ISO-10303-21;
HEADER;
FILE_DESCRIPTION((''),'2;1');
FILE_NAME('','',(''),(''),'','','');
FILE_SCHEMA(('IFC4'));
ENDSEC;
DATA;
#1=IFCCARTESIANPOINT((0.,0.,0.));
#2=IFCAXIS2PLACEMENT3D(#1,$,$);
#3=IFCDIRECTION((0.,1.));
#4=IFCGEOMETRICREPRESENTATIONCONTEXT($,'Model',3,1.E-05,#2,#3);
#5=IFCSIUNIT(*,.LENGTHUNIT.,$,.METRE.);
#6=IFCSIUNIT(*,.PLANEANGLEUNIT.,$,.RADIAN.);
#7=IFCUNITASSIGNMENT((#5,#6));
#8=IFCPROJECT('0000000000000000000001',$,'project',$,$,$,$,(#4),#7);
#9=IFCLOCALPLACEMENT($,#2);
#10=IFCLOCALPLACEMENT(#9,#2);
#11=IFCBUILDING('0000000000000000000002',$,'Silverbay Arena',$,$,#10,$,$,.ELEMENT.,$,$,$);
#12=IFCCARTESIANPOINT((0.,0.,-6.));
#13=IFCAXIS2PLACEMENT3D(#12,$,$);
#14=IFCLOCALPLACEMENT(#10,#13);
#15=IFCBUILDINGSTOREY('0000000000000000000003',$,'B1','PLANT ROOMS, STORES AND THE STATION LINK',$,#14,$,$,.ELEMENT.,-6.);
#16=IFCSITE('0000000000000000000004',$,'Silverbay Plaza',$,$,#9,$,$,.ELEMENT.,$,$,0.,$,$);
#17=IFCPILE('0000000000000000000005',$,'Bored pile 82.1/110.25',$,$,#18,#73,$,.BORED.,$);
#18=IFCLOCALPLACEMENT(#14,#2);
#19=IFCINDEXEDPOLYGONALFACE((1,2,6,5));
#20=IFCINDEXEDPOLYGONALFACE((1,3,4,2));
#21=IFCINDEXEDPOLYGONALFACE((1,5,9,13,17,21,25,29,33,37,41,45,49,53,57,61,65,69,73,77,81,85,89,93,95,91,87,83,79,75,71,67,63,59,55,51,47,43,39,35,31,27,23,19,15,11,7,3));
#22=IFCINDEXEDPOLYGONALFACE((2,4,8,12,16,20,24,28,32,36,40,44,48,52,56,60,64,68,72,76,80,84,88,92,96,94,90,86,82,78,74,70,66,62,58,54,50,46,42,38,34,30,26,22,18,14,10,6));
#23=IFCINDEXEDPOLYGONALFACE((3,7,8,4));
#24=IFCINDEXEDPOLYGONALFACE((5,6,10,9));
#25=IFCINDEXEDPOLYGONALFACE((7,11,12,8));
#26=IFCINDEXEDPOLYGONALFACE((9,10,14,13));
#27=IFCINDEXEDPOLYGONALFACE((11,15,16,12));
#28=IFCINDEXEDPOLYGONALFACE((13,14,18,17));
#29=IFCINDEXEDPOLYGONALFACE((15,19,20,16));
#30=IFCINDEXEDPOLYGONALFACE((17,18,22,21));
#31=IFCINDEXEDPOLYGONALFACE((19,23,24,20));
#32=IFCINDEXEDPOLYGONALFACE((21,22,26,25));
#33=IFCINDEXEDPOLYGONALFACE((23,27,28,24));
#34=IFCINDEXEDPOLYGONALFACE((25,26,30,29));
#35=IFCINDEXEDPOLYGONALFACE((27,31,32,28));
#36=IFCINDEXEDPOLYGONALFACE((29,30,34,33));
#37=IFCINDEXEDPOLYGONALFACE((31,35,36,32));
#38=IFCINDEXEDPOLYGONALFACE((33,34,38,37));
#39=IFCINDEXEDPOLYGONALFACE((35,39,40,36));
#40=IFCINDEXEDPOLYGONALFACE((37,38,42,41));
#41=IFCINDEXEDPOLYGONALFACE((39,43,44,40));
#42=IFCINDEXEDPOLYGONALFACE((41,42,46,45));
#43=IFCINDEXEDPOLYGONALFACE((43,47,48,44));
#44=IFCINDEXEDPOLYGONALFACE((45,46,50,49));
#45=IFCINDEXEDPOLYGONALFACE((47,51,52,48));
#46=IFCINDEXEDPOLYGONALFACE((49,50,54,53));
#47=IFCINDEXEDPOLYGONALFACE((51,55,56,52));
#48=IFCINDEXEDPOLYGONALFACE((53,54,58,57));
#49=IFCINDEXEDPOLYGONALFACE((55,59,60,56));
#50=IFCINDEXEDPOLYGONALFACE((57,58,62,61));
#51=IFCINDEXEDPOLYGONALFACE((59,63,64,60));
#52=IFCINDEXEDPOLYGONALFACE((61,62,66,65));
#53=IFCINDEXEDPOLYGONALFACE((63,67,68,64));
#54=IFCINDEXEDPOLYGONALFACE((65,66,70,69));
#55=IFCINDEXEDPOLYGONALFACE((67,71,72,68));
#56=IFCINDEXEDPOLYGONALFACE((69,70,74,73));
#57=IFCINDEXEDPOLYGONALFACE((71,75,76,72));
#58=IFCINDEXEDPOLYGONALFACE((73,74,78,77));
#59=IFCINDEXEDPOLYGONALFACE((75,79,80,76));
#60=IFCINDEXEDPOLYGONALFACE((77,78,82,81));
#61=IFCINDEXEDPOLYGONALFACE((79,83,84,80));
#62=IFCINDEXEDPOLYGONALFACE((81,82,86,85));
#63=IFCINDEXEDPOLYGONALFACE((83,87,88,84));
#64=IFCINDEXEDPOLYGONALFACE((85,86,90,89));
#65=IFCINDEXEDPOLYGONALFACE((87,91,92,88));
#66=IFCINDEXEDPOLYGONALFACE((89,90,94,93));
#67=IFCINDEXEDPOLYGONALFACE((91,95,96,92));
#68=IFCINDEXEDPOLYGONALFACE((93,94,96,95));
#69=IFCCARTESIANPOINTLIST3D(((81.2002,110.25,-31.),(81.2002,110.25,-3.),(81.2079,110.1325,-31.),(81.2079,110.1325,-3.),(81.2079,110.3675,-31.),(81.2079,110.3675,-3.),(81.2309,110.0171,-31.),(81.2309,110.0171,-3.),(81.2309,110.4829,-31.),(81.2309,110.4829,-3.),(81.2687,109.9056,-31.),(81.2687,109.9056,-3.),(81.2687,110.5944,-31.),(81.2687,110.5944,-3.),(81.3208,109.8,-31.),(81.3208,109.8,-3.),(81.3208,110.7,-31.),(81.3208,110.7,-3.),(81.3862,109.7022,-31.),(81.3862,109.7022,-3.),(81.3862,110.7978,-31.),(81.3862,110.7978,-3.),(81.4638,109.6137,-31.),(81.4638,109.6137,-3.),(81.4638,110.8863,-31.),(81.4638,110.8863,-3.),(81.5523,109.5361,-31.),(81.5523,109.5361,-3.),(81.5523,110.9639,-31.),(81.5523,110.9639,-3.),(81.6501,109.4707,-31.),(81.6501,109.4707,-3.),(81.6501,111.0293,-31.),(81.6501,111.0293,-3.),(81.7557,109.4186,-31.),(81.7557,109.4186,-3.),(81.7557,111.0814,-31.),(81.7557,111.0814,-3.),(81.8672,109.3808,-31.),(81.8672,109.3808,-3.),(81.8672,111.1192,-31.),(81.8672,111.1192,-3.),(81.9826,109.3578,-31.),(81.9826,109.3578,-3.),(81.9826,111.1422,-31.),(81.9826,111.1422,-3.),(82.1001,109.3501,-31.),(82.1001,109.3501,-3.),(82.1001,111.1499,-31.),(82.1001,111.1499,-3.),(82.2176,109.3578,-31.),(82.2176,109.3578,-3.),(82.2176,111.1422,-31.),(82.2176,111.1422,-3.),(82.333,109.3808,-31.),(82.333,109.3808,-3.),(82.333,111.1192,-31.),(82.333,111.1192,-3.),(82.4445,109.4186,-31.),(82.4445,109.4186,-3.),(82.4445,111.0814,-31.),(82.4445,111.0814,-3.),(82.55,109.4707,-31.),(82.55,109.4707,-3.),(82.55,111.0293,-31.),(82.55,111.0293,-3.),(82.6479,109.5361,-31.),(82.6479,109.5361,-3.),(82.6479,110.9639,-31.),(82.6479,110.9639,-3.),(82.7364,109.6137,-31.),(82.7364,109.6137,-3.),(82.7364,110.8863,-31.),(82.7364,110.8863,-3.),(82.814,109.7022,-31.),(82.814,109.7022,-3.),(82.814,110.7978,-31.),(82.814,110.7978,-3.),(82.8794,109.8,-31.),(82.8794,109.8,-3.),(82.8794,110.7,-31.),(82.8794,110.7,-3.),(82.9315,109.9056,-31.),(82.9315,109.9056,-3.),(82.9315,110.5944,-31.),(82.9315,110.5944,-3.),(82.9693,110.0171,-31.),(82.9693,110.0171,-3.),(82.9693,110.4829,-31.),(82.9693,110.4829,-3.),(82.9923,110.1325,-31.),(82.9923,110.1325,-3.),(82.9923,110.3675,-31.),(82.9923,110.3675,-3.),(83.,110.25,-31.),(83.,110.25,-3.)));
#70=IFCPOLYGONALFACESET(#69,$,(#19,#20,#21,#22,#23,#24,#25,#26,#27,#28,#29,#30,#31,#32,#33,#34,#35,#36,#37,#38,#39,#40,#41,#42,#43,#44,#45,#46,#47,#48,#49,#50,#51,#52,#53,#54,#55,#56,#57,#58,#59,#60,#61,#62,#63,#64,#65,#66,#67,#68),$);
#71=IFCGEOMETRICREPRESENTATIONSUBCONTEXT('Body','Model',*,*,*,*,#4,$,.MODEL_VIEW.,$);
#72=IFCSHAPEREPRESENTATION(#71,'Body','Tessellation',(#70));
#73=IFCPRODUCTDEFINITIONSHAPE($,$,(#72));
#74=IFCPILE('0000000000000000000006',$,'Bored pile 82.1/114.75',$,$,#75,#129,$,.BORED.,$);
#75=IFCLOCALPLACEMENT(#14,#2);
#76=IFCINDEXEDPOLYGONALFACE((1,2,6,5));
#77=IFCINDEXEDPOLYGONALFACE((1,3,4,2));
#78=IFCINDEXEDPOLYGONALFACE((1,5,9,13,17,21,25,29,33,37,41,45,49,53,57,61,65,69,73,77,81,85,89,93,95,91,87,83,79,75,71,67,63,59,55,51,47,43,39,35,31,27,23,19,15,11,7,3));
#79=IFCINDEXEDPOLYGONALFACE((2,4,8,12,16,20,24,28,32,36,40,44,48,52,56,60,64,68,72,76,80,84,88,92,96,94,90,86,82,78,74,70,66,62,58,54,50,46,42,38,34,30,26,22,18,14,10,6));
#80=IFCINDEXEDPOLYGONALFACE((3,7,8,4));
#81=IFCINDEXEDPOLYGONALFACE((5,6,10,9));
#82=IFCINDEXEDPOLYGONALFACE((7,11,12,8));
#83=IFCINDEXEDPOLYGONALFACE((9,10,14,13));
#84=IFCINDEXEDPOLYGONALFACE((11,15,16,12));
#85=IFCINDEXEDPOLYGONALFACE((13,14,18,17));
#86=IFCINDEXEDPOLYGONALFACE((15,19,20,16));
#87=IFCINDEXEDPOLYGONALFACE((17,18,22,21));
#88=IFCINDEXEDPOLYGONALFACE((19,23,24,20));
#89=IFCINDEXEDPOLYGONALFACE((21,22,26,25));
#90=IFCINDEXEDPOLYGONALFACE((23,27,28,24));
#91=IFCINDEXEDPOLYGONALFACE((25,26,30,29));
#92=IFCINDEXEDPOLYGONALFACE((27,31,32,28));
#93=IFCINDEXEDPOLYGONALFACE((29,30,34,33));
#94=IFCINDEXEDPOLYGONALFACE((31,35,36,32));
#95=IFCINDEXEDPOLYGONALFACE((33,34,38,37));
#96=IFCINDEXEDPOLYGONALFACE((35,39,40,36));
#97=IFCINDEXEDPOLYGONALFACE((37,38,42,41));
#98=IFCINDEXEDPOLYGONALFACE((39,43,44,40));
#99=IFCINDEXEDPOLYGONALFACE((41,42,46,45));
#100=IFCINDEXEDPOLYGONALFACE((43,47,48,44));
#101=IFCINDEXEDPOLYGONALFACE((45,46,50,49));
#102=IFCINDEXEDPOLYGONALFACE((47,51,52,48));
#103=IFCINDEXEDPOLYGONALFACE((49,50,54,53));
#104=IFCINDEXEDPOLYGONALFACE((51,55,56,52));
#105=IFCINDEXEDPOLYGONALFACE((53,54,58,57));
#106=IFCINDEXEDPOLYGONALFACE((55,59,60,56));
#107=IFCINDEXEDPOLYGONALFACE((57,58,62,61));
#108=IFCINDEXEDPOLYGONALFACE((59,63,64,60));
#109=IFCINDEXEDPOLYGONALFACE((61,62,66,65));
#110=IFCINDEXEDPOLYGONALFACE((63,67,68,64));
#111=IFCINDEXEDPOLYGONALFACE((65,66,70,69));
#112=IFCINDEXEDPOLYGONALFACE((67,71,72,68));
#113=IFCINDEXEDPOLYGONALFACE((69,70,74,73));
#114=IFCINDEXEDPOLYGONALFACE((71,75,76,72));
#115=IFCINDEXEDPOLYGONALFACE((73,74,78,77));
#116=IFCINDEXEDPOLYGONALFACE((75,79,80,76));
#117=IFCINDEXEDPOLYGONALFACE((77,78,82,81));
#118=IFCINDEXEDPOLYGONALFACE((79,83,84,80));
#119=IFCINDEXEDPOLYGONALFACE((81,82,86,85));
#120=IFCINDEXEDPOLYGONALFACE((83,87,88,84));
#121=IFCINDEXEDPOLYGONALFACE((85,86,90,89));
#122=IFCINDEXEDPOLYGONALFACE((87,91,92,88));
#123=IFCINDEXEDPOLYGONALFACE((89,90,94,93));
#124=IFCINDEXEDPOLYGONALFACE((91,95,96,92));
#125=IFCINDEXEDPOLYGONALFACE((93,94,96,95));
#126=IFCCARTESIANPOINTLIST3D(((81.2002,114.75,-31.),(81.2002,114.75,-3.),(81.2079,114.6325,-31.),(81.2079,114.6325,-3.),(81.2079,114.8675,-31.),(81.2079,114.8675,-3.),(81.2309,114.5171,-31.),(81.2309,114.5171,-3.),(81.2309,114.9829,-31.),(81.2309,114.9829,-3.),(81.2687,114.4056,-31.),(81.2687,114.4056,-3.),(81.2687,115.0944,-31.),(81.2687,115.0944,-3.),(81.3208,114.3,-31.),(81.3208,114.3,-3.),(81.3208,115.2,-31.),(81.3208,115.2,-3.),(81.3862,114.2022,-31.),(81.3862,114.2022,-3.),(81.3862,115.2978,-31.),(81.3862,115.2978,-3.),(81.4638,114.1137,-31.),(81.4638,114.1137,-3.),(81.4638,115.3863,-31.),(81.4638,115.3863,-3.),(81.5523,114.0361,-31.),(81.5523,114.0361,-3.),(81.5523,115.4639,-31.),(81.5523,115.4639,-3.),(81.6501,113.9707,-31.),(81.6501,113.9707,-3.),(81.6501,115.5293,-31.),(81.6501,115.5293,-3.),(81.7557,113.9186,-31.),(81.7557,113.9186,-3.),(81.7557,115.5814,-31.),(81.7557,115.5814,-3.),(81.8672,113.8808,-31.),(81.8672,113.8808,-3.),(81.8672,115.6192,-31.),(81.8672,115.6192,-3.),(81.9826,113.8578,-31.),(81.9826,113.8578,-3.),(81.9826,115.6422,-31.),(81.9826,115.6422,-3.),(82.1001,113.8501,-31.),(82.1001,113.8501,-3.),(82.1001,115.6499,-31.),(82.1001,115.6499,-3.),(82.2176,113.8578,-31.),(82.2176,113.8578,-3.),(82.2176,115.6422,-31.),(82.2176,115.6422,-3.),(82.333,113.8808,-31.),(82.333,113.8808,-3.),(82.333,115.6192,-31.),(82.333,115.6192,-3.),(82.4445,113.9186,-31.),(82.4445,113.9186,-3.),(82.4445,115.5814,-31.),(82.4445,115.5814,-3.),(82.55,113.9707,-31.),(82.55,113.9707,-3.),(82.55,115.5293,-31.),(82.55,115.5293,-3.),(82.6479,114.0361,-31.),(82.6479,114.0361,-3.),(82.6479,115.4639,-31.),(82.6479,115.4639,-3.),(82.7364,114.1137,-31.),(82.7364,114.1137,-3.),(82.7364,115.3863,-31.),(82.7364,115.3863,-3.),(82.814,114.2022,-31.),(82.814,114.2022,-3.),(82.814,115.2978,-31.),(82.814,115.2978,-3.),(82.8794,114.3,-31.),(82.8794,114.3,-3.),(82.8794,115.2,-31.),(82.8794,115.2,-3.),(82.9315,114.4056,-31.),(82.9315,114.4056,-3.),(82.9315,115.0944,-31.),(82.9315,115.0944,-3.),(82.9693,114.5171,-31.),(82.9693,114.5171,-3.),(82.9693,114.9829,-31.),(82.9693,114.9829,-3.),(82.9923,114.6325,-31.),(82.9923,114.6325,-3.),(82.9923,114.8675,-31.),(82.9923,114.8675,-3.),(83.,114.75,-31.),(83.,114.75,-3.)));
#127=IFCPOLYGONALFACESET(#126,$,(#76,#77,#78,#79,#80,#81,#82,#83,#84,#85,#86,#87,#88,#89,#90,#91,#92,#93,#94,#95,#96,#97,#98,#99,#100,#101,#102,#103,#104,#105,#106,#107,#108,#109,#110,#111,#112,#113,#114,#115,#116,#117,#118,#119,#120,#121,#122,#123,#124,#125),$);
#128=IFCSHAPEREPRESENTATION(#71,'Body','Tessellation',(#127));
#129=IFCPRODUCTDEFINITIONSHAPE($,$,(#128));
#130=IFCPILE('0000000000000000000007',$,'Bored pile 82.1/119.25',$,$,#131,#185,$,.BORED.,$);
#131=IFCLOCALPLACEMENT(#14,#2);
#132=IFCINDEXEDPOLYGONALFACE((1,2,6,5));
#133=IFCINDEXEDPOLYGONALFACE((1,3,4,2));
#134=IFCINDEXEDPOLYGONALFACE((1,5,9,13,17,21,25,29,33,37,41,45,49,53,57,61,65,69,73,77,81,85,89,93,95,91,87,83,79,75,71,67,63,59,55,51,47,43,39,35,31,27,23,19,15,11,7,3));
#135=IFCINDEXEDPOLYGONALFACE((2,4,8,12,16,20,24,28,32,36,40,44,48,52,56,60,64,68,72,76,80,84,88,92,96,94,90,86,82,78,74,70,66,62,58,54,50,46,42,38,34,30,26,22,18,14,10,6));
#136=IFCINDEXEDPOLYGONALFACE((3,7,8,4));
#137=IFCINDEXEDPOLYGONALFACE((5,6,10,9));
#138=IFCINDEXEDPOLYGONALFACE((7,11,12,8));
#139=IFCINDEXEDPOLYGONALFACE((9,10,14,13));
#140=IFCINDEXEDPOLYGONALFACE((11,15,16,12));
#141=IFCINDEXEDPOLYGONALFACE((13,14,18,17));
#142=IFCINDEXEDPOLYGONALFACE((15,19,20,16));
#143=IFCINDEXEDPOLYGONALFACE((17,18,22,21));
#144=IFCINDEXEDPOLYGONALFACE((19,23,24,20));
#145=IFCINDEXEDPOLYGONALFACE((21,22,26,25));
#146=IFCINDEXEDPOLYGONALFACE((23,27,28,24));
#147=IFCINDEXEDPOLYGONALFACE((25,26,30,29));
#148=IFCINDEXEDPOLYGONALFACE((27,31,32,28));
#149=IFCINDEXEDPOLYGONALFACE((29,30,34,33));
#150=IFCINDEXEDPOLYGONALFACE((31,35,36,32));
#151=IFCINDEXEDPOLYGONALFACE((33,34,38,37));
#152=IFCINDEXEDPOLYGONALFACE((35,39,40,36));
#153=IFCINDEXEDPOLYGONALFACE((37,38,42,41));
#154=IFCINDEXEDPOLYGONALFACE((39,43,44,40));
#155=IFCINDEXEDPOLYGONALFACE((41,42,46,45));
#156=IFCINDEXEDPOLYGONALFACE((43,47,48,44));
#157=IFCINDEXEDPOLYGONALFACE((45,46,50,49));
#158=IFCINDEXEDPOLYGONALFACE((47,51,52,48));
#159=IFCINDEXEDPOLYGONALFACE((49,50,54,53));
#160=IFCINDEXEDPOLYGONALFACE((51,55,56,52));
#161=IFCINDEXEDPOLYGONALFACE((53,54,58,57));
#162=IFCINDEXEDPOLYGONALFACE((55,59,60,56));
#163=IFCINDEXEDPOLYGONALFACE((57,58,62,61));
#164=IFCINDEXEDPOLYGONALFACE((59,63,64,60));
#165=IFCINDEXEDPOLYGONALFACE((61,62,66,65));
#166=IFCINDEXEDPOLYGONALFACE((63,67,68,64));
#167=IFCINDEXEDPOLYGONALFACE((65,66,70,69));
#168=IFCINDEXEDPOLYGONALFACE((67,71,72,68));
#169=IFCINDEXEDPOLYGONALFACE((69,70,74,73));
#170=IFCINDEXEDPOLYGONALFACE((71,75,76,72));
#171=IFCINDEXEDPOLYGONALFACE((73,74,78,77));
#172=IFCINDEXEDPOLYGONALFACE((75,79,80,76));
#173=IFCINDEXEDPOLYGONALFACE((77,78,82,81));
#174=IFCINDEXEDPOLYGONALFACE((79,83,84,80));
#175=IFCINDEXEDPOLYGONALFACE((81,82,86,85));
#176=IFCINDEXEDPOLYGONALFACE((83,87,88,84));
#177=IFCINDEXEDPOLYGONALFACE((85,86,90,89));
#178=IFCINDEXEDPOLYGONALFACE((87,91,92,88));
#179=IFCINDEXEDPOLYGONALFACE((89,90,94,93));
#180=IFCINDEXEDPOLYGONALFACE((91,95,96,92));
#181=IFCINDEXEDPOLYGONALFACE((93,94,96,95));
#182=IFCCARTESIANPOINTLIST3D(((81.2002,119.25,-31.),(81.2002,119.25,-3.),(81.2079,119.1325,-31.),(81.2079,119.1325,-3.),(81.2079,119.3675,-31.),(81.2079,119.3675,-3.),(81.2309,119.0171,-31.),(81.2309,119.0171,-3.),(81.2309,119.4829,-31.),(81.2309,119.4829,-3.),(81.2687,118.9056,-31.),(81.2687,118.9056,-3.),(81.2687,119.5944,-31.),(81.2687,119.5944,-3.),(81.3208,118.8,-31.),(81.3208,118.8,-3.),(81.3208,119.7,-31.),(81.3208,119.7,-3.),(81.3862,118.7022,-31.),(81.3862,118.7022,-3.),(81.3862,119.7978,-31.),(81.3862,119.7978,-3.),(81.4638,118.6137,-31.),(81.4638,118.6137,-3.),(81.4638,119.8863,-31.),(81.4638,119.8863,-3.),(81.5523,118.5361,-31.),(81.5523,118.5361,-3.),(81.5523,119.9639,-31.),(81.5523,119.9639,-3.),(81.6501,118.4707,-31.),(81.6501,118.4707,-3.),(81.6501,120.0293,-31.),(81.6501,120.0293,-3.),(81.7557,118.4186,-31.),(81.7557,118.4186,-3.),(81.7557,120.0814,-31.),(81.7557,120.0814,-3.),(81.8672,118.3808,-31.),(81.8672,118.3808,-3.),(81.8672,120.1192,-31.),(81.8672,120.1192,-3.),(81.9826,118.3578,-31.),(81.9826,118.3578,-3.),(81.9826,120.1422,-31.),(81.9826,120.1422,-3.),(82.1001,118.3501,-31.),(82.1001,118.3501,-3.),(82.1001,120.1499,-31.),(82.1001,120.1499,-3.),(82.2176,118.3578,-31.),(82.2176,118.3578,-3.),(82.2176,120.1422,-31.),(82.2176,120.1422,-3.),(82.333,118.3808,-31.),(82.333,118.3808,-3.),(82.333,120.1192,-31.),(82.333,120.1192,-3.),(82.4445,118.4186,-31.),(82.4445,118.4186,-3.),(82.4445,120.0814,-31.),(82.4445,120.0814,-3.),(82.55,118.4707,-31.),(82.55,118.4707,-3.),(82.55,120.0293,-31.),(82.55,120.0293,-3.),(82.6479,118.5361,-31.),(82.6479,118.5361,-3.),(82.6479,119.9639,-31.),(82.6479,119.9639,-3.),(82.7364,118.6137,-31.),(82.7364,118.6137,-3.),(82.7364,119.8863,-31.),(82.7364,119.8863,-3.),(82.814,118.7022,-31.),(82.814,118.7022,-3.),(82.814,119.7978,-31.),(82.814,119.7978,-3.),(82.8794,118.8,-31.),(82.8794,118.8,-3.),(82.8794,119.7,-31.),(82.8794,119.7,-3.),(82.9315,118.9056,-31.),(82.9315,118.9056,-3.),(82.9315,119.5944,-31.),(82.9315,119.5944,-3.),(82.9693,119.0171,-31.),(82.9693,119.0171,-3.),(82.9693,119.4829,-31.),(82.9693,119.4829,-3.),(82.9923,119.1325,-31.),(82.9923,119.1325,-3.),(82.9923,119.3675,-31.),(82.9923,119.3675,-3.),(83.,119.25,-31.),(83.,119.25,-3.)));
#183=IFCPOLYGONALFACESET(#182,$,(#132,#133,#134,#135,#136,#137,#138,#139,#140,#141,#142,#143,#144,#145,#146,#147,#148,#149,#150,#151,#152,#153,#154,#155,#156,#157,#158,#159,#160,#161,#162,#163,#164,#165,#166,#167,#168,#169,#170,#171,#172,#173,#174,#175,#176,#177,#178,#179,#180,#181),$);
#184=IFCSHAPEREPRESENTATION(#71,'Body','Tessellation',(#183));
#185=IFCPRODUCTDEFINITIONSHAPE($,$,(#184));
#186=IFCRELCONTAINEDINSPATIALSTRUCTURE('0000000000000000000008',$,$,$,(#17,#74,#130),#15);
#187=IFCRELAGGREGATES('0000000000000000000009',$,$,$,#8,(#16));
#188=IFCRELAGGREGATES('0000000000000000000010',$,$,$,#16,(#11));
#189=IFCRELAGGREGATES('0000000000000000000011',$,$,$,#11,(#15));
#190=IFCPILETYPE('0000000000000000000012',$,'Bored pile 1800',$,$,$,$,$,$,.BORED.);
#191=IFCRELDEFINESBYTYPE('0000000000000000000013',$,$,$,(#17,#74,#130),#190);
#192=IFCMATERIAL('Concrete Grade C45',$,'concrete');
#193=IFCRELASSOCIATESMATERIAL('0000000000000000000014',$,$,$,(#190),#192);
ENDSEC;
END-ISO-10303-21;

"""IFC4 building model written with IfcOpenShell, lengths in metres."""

from ifc_helpers import new_model, si_unit, direction, frame, origin, origin_2d, place, context, subcontext, project, spatial, circle, extrude, material, material_profile, profile_set, type_object, element, save


model = new_model("IFC4")

# Units and contexts
model_context = context("Model", 3, precision=1e-05, world=origin(), true_north=direction((0.0, 1.0)))
body_context = subcontext(model_context, "Body", "Model", "MODEL_VIEW")
ifc_project = project(units=[si_unit("LENGTHUNIT", "METRE"), si_unit("PLANEANGLEUNIT", "RADIAN")], contexts=[model_context])

# Site, building, storey
site_placement = place(None, origin())
site = spatial("IfcSite", under=ifc_project, at=site_placement, Name="Silverbay Plaza", CompositionType="ELEMENT", RefElevation=0.0)
building_placement = place(site_placement, origin())
building = spatial("IfcBuilding", under=site, at=building_placement, Name="Silverbay Arena", CompositionType="ELEMENT")
storey_placement = place(building_placement, frame((0.0, 0.0, -6.0)))
storey = spatial("IfcBuildingStorey", under=building, at=storey_placement, Name="B1", Description="PLANT ROOMS, STORES AND THE STATION LINK", CompositionType="ELEMENT", Elevation=-6.0)

# Piles
ifc_material_1 = material(Name="Concrete Grade C45", Category="concrete")
ifc_material_profile = material_profile(ifc_material_1, circle(Radius=0.8999, at=origin_2d()), Name="Bored pile 1800")
ifc_profile_set = profile_set([ifc_material_profile], Name="Concrete Grade C45")
pile_type = type_object("IfcPileType", Name="Bored pile 1800", PredefinedType="BORED", material=ifc_profile_set)
for number, where, z_axis, x_axis, name in (
    (1, (82.1001, 110.25, -3.0), (0.0, 0.0, -1.0), (1.0, 0.0, 0.0), "Bored pile 82.1/110.25"),
    (2, (82.1001, 114.75, -3.0), (0.0, 0.0, -1.0), (1.0, 0.0, 0.0), "Bored pile 82.1/114.75"),
    (3, (82.1001, 119.25, -3.0), (0.0, 0.0, -1.0), (1.0, 0.0, 0.0), "Bored pile 82.1/119.25"),
):
    element("IfcPile", number, at=place(storey_placement, frame(where, z_axis=z_axis, x_axis=x_axis)), inside=storey, type_object=pile_type, Name=name, PredefinedType="BORED", context=body_context, shape_type="SweptSolid", body=[
        extrude(circle(Radius=0.8999, at=origin_2d()), origin(), (0.0, 0.0, 1.0), 28.0),
    ])

save(model, "model.ifc")
